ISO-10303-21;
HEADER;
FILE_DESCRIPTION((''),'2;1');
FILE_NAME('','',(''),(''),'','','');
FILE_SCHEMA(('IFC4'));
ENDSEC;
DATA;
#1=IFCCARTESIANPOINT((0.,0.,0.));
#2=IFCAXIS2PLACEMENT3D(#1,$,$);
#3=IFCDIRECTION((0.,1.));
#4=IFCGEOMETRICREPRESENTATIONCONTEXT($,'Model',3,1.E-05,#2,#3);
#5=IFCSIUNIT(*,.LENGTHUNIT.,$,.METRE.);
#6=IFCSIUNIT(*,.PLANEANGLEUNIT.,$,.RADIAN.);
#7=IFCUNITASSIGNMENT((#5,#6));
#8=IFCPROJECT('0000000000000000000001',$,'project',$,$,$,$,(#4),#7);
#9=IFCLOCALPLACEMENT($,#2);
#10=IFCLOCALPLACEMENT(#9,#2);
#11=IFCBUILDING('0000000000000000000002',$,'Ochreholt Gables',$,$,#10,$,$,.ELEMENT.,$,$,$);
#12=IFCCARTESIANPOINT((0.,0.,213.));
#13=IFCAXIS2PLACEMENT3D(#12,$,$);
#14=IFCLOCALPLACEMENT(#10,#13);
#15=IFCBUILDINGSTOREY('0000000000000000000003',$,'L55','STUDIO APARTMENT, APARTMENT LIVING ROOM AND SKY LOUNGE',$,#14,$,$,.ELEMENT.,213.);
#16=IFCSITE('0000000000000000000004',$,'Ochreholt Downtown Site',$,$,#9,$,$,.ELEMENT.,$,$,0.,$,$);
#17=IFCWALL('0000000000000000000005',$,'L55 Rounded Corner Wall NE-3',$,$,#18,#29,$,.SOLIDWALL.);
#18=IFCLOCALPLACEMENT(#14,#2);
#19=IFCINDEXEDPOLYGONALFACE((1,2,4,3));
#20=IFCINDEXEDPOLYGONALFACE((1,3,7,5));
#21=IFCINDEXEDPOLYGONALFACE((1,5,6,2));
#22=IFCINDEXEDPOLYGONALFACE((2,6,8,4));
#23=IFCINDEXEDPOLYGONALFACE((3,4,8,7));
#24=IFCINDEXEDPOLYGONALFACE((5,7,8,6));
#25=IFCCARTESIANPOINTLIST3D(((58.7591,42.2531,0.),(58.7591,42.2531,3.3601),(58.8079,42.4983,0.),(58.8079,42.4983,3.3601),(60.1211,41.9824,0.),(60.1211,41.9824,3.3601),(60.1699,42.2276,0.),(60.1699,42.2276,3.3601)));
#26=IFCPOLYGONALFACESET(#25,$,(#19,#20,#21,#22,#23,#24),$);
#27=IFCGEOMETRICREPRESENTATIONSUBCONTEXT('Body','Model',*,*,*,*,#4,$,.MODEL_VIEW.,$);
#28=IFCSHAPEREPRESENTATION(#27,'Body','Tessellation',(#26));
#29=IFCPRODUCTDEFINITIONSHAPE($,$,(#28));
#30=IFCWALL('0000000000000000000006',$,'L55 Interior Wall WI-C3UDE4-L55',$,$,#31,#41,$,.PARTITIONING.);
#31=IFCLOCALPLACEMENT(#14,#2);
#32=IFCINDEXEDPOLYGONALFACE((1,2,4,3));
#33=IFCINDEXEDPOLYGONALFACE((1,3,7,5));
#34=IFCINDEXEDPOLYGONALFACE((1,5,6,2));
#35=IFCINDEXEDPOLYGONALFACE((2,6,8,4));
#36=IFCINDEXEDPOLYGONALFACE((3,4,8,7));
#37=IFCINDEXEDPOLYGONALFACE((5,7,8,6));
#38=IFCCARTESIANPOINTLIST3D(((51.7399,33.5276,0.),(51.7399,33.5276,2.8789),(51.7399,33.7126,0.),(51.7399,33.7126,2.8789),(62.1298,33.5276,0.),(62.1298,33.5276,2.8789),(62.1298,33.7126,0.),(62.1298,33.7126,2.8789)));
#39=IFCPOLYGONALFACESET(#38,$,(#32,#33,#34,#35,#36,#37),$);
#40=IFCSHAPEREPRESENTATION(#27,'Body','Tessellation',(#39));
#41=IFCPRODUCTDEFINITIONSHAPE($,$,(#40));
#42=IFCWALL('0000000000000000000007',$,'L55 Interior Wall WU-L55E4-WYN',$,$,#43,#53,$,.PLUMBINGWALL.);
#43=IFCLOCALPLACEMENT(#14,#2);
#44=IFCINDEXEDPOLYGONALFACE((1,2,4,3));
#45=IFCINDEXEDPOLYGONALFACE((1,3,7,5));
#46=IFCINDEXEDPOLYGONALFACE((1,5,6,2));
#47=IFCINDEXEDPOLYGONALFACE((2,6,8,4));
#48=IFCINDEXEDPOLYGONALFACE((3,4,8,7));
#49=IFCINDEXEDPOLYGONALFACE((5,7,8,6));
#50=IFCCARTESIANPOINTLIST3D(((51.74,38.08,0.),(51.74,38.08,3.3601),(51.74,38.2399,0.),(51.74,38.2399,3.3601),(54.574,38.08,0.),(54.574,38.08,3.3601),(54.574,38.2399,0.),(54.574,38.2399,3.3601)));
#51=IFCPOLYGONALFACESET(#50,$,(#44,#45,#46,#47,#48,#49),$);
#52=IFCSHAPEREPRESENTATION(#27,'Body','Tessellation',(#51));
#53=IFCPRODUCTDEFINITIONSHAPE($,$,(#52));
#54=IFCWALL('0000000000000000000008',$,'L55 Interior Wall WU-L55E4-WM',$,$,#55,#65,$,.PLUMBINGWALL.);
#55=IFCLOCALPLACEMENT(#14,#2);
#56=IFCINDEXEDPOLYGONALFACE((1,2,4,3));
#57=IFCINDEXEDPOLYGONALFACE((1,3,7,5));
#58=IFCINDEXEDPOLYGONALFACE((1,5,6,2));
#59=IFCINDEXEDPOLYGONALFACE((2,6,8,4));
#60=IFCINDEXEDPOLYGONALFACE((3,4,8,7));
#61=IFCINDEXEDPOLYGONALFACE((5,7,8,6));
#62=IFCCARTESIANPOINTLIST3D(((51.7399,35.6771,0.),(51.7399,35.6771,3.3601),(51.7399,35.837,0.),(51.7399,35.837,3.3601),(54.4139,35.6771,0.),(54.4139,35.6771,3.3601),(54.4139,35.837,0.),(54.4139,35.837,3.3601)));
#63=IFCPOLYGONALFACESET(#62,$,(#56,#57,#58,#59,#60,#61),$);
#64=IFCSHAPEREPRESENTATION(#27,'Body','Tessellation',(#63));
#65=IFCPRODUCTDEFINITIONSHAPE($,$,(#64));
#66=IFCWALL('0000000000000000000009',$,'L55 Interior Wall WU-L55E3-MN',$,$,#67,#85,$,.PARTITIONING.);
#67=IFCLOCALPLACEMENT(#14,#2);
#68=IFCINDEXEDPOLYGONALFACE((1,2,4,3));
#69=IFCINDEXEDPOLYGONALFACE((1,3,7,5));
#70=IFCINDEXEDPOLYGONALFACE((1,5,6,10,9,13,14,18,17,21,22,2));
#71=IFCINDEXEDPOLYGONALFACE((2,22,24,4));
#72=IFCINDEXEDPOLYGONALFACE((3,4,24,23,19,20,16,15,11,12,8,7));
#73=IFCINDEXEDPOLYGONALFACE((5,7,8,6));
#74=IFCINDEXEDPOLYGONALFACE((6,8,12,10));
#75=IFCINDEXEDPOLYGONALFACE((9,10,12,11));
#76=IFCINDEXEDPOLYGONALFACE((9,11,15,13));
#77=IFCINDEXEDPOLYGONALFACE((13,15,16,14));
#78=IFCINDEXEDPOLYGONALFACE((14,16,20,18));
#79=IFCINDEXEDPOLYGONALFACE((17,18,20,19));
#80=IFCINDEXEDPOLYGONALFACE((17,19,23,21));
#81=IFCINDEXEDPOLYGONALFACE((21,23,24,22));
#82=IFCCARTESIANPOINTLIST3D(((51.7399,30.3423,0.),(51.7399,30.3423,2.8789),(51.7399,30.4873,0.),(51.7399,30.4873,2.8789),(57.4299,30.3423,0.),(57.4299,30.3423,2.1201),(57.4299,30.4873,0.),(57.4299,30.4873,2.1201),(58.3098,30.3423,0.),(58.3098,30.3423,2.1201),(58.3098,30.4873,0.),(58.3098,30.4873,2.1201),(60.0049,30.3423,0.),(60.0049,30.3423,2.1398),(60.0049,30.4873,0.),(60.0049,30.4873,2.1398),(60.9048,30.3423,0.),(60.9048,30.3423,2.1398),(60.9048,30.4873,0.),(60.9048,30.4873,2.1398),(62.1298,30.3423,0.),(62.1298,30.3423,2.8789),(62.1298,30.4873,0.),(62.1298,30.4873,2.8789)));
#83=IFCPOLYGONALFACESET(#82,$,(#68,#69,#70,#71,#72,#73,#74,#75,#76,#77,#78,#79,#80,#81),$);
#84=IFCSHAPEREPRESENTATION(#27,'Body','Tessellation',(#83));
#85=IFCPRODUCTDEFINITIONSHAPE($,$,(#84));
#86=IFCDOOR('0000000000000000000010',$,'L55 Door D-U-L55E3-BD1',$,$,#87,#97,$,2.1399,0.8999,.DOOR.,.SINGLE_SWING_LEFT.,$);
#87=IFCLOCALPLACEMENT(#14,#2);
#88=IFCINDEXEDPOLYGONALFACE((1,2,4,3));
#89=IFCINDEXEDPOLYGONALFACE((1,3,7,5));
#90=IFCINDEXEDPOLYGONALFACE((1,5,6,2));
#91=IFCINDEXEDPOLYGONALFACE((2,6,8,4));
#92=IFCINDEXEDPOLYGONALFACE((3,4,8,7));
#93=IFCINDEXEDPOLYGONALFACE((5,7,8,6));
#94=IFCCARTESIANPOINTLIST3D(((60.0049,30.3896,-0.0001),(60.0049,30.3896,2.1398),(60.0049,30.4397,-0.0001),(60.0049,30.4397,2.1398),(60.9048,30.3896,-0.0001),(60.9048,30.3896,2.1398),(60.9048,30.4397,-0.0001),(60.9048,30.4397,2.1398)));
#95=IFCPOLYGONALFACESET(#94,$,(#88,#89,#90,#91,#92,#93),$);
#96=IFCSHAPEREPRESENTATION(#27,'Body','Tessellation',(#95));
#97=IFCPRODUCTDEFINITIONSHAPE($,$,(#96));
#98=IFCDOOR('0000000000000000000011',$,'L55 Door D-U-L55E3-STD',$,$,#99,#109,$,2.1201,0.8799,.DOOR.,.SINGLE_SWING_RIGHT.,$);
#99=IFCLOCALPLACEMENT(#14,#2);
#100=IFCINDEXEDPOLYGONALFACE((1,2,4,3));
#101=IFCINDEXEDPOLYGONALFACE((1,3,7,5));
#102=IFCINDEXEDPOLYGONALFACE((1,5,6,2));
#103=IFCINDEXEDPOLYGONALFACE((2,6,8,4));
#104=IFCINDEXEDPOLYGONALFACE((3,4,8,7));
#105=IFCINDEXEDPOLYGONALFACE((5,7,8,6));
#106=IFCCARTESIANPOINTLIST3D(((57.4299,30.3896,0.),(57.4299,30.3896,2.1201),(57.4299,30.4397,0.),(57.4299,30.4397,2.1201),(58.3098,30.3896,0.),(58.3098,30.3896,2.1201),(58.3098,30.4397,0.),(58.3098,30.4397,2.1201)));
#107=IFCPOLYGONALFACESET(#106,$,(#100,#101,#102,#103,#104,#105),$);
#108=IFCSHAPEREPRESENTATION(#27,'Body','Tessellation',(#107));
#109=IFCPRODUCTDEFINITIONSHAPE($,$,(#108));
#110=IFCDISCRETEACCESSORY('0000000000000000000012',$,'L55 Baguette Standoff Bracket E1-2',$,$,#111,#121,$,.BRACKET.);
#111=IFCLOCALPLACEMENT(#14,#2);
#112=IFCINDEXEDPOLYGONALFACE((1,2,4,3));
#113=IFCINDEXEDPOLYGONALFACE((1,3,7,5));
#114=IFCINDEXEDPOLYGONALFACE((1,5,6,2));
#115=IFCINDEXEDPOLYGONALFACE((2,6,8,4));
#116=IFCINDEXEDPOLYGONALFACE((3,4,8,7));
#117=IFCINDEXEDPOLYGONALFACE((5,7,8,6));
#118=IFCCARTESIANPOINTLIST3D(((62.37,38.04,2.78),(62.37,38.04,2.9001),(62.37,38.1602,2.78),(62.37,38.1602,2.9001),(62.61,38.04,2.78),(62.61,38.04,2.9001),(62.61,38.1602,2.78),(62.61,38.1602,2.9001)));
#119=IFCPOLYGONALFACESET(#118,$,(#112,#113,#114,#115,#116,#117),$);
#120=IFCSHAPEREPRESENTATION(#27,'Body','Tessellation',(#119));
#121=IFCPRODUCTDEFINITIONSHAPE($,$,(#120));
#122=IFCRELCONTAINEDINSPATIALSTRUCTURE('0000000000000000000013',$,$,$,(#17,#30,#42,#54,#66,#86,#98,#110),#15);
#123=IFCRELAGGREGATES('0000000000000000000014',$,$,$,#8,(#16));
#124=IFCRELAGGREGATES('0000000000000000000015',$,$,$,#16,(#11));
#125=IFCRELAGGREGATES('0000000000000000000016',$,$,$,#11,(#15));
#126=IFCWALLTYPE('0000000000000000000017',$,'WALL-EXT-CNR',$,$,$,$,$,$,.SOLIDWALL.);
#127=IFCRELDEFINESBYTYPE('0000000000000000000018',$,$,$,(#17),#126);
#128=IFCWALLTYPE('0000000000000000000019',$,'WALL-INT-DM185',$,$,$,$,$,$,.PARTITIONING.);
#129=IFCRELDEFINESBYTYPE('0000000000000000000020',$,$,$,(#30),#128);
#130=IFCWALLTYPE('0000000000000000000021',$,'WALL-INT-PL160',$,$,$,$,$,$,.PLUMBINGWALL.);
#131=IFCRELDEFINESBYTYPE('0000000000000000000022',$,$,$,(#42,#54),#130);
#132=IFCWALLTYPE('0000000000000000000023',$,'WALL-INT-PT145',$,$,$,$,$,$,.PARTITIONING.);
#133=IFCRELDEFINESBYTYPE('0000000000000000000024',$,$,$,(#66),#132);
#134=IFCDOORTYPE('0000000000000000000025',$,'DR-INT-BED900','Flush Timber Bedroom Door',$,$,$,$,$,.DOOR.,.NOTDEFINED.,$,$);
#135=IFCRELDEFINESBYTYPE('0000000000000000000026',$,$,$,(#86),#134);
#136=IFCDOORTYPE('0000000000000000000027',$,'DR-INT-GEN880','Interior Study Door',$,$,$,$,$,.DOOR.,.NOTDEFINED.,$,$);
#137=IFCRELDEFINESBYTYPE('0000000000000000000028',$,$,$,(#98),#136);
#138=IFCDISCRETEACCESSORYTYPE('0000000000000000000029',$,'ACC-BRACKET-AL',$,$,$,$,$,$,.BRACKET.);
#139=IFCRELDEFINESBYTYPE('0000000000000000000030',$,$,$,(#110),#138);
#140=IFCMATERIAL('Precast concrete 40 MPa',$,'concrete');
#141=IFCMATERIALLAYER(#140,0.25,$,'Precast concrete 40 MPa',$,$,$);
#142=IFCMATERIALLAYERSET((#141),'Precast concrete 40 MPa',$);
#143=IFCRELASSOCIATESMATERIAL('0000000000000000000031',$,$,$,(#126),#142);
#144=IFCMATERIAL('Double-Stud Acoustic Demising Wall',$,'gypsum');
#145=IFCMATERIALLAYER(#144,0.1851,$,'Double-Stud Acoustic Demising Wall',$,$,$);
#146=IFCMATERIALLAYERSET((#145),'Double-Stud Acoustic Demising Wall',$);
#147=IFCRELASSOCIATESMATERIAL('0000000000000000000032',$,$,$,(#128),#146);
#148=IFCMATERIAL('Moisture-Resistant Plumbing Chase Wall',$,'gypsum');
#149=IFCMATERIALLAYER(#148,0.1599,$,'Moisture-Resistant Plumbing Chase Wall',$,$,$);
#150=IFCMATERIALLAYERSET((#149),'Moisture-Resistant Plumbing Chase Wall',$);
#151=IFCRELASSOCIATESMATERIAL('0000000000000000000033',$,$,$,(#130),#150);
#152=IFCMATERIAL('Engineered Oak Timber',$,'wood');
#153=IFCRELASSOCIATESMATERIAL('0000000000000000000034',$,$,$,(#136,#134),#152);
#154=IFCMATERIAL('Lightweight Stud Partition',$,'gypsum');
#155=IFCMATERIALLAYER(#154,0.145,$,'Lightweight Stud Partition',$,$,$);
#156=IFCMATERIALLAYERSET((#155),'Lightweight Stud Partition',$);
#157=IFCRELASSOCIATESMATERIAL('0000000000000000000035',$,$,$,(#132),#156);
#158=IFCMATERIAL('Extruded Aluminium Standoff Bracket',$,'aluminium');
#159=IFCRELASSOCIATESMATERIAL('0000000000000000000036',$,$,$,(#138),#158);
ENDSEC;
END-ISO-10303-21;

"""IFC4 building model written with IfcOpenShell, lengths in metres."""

from ifc_helpers import new_model, si_unit, direction, frame, frame_2d, origin, origin_2d, place, context, subcontext, project, spatial, rectangle, extrude, material, layer, layer_set, type_object, element, fill, save


model = new_model("IFC4")

# Units and contexts
model_context = context("Model", 3, precision=1e-05, world=origin(), true_north=direction((0.0, 1.0)))
body_context = subcontext(model_context, "Body", "Model", "MODEL_VIEW")
ifc_project = project(units=[si_unit("LENGTHUNIT", "METRE"), si_unit("PLANEANGLEUNIT", "RADIAN")], contexts=[model_context])

# Site, building, storey
site_placement = place(None, origin())
site = spatial("IfcSite", under=ifc_project, at=site_placement, Name="Ochreholt Downtown Site", CompositionType="ELEMENT", RefElevation=0.0)
building_placement = place(site_placement, origin())
building = spatial("IfcBuilding", under=site, at=building_placement, Name="Ochreholt Gables", CompositionType="ELEMENT")
storey_placement = place(building_placement, frame((0.0, 0.0, 213.0)))
storey = spatial("IfcBuildingStorey", under=building, at=storey_placement, Name="L55", Description="STUDIO APARTMENT, APARTMENT LIVING ROOM AND SKY LOUNGE", CompositionType="ELEMENT", Elevation=213.0)

# Shared definitions
ifc_material_1 = material(Name="Precast concrete 40 MPa", Category="concrete")

# Walls
ifc_layer_1 = layer(ifc_material_1, 0.25, Name="Precast concrete 40 MPa")
ifc_layer_set_1 = layer_set([ifc_layer_1], Name="Precast concrete 40 MPa")
wall_type_1 = type_object("IfcWallType", Name="WALL-EXT-CNR", PredefinedType="SOLIDWALL", material=ifc_layer_set_1)
wall_1_placement = place(storey_placement, frame((60.1455, 42.105, 0.0), z_axis=(0.0, 0.0, 1.0), x_axis=(-0.98081, 0.194967, 0.0)))
element("IfcWall", 1, at=wall_1_placement, inside=storey, type_object=wall_type_1, Name="L55 Rounded Corner Wall NE-3", PredefinedType="SOLIDWALL", context=body_context, shape_type="SweptSolid", body=[
    extrude(rectangle(XDim=1.3887, YDim=0.25, at=frame_2d((0.6943, 0.0))), origin(), (0.0, 0.0, 1.0), 3.3601),
])
ifc_material_2 = material(Name="Double-Stud Acoustic Demising Wall", Category="gypsum")
ifc_layer_2 = layer(ifc_material_2, 0.1851, Name="Double-Stud Acoustic Demising Wall")
ifc_layer_set_2 = layer_set([ifc_layer_2], Name="Double-Stud Acoustic Demising Wall")
wall_type_2 = type_object("IfcWallType", Name="WALL-INT-DM185", PredefinedType="PARTITIONING", material=ifc_layer_set_2)
wall_2_placement = place(storey_placement, frame((51.74, 33.6201, 0.0), z_axis=(0.0, 0.0, 1.0), x_axis=(1.0, 0.0, 0.0)))
element("IfcWall", 2, at=wall_2_placement, inside=storey, type_object=wall_type_2, Name="L55 Interior Wall WI-C3UDE4-L55", PredefinedType="PARTITIONING", context=body_context, shape_type="SweptSolid", body=[
    extrude(rectangle(XDim=10.3899, YDim=0.1851, at=frame_2d((5.1948, 0.0))), origin(), (0.0, 0.0, 1.0), 2.8789),
])
ifc_material_3 = material(Name="Moisture-Resistant Plumbing Chase Wall", Category="gypsum")
ifc_layer_3 = layer(ifc_material_3, 0.1599, Name="Moisture-Resistant Plumbing Chase Wall")
ifc_layer_set_3 = layer_set([ifc_layer_3], Name="Moisture-Resistant Plumbing Chase Wall")
wall_type_3 = type_object("IfcWallType", Name="WALL-INT-PL160", PredefinedType="PLUMBINGWALL", material=ifc_layer_set_3)
wall_3_placement = place(storey_placement, frame((51.74, 38.1599, 0.0), z_axis=(0.0, 0.0, 1.0), x_axis=(1.0, 0.0, 0.0)))
element("IfcWall", 3, at=wall_3_placement, inside=storey, type_object=wall_type_3, Name="L55 Interior Wall WU-L55E4-WYN", PredefinedType="PLUMBINGWALL", context=body_context, shape_type="SweptSolid", body=[
    extrude(rectangle(XDim=2.834, YDim=0.1599, at=frame_2d((1.417, 0.0))), origin(), (0.0, 0.0, 1.0), 3.3601),
])

# Shared definitions
ifc_material_4 = material(Name="Engineered Oak Timber", Category="wood")
door_type_1 = type_object("IfcDoorType", Name="DR-INT-GEN880", Description="Interior Study Door", OperationType="NOTDEFINED", PredefinedType="DOOR", material=ifc_material_4)

# Wall
wall_4_placement = place(storey_placement, frame((51.74, 35.7571, 0.0), z_axis=(0.0, 0.0, 1.0), x_axis=(1.0, 0.0, 0.0)))
element("IfcWall", 4, at=wall_4_placement, inside=storey, type_object=wall_type_3, Name="L55 Interior Wall WU-L55E4-WM", PredefinedType="PLUMBINGWALL", context=body_context, shape_type="SweptSolid", body=[
    extrude(rectangle(XDim=2.6741, YDim=0.1599, at=frame_2d((1.3369, 0.0))), origin(), (0.0, 0.0, 1.0), 3.3601),
])

# Wall, openings, doors
ifc_material_5 = material(Name="Lightweight Stud Partition", Category="gypsum")
ifc_layer_4 = layer(ifc_material_5, 0.145, Name="Lightweight Stud Partition")
ifc_layer_set_4 = layer_set([ifc_layer_4], Name="Lightweight Stud Partition")
wall_type_4 = type_object("IfcWallType", Name="WALL-INT-PT145", PredefinedType="PARTITIONING", material=ifc_layer_set_4)
wall_5_placement = place(storey_placement, frame((51.74, 30.4148, 0.0), z_axis=(0.0, 0.0, 1.0), x_axis=(1.0, 0.0, 0.0)))
wall_5 = element("IfcWall", 5, at=wall_5_placement, inside=storey, type_object=wall_type_4, Name="L55 Interior Wall WU-L55E3-MN", PredefinedType="PARTITIONING", context=body_context, shape_type="SweptSolid", body=[
    extrude(rectangle(XDim=10.3899, YDim=0.145, at=frame_2d((5.1948, 0.0))), origin(), (0.0, 0.0, 1.0), 2.8789),
])
opening_1_placement = place(wall_5_placement, frame((5.6899, 0.0, 0.0)))
opening_1 = element("IfcOpeningElement", 6, at=opening_1_placement, cuts=wall_5, PredefinedType="OPENING", context=body_context, shape_type="SweptSolid", body=[
    extrude(rectangle(XDim=0.8799, YDim=2.1201, at=frame_2d((0.4399, 1.0601))), frame((0.0, 0.0825, 0.0), z_axis=(0.0, -1.0, 0.0), x_axis=(1.0, 0.0, 0.0)), (0.0, 0.0, 1.0), 0.165),
])
opening_2_placement = place(wall_5_placement, frame((8.2649, 0.0, 0.0)))
opening_2 = element("IfcOpeningElement", 7, at=opening_2_placement, cuts=wall_5, PredefinedType="OPENING", context=body_context, shape_type="SweptSolid", body=[
    extrude(rectangle(XDim=0.8999, YDim=2.1399, at=frame_2d((0.45, 1.0698))), frame((0.0, 0.0825, 0.0), z_axis=(0.0, -1.0, 0.0), x_axis=(1.0, 0.0, 0.0)), (0.0, 0.0, 1.0), 0.165),
])
door_type_2 = type_object("IfcDoorType", Name="DR-INT-BED900", Description="Flush Timber Bedroom Door", OperationType="NOTDEFINED", PredefinedType="DOOR", material=ifc_material_4)
door_1_placement = place(opening_2_placement, origin())
door_1 = element("IfcDoor", 8, at=door_1_placement, inside=storey, type_object=door_type_2, Name="L55 Door D-U-L55E3-BD1", OperationType="SINGLE_SWING_LEFT", OverallHeight=2.1399, OverallWidth=0.8999, PredefinedType="DOOR", context=body_context, shape_type="SweptSolid", body=[
    extrude(rectangle(XDim=0.8999, YDim=2.1399, at=frame_2d((0.45, 1.0698))), frame((0.0, 0.0249, 0.0), z_axis=(0.0, -1.0, 0.0), x_axis=(1.0, 0.0, 0.0)), (0.0, 0.0, 1.0), 0.05),
])
fill(opening_2, door_1)
door_2_placement = place(opening_1_placement, origin())
door_2 = element("IfcDoor", 9, at=door_2_placement, inside=storey, type_object=door_type_1, Name="L55 Door D-U-L55E3-STD", OperationType="SINGLE_SWING_RIGHT", OverallHeight=2.1201, OverallWidth=0.8799, PredefinedType="DOOR", context=body_context, shape_type="SweptSolid", body=[
    extrude(rectangle(XDim=0.8799, YDim=2.1201, at=frame_2d((0.4399, 1.0601))), frame((0.0, 0.0249, 0.0), z_axis=(0.0, -1.0, 0.0), x_axis=(1.0, 0.0, 0.0)), (0.0, 0.0, 1.0), 0.05),
])
fill(opening_1, door_2)

# Discrete accessory
ifc_material_6 = material(Name="Extruded Aluminium Standoff Bracket", Category="aluminium")
discrete_accessory_type = type_object("IfcDiscreteAccessoryType", Name="ACC-BRACKET-AL", PredefinedType="BRACKET", material=ifc_material_6)
discrete_accessory_placement = place(storey_placement, frame((62.49, 38.1001, 2.78), z_axis=(0.0, 0.0, 1.0), x_axis=(0.0, 1.0, 0.0)))
element("IfcDiscreteAccessory", 10, at=discrete_accessory_placement, inside=storey, type_object=discrete_accessory_type, Name="L55 Baguette Standoff Bracket E1-2", PredefinedType="BRACKET", context=body_context, shape_type="SweptSolid", body=[
    extrude(rectangle(XDim=0.1201, YDim=0.24, at=origin_2d()), origin(), (0.0, 0.0, 1.0), 0.1201),
])

save(model, "model.ifc")
